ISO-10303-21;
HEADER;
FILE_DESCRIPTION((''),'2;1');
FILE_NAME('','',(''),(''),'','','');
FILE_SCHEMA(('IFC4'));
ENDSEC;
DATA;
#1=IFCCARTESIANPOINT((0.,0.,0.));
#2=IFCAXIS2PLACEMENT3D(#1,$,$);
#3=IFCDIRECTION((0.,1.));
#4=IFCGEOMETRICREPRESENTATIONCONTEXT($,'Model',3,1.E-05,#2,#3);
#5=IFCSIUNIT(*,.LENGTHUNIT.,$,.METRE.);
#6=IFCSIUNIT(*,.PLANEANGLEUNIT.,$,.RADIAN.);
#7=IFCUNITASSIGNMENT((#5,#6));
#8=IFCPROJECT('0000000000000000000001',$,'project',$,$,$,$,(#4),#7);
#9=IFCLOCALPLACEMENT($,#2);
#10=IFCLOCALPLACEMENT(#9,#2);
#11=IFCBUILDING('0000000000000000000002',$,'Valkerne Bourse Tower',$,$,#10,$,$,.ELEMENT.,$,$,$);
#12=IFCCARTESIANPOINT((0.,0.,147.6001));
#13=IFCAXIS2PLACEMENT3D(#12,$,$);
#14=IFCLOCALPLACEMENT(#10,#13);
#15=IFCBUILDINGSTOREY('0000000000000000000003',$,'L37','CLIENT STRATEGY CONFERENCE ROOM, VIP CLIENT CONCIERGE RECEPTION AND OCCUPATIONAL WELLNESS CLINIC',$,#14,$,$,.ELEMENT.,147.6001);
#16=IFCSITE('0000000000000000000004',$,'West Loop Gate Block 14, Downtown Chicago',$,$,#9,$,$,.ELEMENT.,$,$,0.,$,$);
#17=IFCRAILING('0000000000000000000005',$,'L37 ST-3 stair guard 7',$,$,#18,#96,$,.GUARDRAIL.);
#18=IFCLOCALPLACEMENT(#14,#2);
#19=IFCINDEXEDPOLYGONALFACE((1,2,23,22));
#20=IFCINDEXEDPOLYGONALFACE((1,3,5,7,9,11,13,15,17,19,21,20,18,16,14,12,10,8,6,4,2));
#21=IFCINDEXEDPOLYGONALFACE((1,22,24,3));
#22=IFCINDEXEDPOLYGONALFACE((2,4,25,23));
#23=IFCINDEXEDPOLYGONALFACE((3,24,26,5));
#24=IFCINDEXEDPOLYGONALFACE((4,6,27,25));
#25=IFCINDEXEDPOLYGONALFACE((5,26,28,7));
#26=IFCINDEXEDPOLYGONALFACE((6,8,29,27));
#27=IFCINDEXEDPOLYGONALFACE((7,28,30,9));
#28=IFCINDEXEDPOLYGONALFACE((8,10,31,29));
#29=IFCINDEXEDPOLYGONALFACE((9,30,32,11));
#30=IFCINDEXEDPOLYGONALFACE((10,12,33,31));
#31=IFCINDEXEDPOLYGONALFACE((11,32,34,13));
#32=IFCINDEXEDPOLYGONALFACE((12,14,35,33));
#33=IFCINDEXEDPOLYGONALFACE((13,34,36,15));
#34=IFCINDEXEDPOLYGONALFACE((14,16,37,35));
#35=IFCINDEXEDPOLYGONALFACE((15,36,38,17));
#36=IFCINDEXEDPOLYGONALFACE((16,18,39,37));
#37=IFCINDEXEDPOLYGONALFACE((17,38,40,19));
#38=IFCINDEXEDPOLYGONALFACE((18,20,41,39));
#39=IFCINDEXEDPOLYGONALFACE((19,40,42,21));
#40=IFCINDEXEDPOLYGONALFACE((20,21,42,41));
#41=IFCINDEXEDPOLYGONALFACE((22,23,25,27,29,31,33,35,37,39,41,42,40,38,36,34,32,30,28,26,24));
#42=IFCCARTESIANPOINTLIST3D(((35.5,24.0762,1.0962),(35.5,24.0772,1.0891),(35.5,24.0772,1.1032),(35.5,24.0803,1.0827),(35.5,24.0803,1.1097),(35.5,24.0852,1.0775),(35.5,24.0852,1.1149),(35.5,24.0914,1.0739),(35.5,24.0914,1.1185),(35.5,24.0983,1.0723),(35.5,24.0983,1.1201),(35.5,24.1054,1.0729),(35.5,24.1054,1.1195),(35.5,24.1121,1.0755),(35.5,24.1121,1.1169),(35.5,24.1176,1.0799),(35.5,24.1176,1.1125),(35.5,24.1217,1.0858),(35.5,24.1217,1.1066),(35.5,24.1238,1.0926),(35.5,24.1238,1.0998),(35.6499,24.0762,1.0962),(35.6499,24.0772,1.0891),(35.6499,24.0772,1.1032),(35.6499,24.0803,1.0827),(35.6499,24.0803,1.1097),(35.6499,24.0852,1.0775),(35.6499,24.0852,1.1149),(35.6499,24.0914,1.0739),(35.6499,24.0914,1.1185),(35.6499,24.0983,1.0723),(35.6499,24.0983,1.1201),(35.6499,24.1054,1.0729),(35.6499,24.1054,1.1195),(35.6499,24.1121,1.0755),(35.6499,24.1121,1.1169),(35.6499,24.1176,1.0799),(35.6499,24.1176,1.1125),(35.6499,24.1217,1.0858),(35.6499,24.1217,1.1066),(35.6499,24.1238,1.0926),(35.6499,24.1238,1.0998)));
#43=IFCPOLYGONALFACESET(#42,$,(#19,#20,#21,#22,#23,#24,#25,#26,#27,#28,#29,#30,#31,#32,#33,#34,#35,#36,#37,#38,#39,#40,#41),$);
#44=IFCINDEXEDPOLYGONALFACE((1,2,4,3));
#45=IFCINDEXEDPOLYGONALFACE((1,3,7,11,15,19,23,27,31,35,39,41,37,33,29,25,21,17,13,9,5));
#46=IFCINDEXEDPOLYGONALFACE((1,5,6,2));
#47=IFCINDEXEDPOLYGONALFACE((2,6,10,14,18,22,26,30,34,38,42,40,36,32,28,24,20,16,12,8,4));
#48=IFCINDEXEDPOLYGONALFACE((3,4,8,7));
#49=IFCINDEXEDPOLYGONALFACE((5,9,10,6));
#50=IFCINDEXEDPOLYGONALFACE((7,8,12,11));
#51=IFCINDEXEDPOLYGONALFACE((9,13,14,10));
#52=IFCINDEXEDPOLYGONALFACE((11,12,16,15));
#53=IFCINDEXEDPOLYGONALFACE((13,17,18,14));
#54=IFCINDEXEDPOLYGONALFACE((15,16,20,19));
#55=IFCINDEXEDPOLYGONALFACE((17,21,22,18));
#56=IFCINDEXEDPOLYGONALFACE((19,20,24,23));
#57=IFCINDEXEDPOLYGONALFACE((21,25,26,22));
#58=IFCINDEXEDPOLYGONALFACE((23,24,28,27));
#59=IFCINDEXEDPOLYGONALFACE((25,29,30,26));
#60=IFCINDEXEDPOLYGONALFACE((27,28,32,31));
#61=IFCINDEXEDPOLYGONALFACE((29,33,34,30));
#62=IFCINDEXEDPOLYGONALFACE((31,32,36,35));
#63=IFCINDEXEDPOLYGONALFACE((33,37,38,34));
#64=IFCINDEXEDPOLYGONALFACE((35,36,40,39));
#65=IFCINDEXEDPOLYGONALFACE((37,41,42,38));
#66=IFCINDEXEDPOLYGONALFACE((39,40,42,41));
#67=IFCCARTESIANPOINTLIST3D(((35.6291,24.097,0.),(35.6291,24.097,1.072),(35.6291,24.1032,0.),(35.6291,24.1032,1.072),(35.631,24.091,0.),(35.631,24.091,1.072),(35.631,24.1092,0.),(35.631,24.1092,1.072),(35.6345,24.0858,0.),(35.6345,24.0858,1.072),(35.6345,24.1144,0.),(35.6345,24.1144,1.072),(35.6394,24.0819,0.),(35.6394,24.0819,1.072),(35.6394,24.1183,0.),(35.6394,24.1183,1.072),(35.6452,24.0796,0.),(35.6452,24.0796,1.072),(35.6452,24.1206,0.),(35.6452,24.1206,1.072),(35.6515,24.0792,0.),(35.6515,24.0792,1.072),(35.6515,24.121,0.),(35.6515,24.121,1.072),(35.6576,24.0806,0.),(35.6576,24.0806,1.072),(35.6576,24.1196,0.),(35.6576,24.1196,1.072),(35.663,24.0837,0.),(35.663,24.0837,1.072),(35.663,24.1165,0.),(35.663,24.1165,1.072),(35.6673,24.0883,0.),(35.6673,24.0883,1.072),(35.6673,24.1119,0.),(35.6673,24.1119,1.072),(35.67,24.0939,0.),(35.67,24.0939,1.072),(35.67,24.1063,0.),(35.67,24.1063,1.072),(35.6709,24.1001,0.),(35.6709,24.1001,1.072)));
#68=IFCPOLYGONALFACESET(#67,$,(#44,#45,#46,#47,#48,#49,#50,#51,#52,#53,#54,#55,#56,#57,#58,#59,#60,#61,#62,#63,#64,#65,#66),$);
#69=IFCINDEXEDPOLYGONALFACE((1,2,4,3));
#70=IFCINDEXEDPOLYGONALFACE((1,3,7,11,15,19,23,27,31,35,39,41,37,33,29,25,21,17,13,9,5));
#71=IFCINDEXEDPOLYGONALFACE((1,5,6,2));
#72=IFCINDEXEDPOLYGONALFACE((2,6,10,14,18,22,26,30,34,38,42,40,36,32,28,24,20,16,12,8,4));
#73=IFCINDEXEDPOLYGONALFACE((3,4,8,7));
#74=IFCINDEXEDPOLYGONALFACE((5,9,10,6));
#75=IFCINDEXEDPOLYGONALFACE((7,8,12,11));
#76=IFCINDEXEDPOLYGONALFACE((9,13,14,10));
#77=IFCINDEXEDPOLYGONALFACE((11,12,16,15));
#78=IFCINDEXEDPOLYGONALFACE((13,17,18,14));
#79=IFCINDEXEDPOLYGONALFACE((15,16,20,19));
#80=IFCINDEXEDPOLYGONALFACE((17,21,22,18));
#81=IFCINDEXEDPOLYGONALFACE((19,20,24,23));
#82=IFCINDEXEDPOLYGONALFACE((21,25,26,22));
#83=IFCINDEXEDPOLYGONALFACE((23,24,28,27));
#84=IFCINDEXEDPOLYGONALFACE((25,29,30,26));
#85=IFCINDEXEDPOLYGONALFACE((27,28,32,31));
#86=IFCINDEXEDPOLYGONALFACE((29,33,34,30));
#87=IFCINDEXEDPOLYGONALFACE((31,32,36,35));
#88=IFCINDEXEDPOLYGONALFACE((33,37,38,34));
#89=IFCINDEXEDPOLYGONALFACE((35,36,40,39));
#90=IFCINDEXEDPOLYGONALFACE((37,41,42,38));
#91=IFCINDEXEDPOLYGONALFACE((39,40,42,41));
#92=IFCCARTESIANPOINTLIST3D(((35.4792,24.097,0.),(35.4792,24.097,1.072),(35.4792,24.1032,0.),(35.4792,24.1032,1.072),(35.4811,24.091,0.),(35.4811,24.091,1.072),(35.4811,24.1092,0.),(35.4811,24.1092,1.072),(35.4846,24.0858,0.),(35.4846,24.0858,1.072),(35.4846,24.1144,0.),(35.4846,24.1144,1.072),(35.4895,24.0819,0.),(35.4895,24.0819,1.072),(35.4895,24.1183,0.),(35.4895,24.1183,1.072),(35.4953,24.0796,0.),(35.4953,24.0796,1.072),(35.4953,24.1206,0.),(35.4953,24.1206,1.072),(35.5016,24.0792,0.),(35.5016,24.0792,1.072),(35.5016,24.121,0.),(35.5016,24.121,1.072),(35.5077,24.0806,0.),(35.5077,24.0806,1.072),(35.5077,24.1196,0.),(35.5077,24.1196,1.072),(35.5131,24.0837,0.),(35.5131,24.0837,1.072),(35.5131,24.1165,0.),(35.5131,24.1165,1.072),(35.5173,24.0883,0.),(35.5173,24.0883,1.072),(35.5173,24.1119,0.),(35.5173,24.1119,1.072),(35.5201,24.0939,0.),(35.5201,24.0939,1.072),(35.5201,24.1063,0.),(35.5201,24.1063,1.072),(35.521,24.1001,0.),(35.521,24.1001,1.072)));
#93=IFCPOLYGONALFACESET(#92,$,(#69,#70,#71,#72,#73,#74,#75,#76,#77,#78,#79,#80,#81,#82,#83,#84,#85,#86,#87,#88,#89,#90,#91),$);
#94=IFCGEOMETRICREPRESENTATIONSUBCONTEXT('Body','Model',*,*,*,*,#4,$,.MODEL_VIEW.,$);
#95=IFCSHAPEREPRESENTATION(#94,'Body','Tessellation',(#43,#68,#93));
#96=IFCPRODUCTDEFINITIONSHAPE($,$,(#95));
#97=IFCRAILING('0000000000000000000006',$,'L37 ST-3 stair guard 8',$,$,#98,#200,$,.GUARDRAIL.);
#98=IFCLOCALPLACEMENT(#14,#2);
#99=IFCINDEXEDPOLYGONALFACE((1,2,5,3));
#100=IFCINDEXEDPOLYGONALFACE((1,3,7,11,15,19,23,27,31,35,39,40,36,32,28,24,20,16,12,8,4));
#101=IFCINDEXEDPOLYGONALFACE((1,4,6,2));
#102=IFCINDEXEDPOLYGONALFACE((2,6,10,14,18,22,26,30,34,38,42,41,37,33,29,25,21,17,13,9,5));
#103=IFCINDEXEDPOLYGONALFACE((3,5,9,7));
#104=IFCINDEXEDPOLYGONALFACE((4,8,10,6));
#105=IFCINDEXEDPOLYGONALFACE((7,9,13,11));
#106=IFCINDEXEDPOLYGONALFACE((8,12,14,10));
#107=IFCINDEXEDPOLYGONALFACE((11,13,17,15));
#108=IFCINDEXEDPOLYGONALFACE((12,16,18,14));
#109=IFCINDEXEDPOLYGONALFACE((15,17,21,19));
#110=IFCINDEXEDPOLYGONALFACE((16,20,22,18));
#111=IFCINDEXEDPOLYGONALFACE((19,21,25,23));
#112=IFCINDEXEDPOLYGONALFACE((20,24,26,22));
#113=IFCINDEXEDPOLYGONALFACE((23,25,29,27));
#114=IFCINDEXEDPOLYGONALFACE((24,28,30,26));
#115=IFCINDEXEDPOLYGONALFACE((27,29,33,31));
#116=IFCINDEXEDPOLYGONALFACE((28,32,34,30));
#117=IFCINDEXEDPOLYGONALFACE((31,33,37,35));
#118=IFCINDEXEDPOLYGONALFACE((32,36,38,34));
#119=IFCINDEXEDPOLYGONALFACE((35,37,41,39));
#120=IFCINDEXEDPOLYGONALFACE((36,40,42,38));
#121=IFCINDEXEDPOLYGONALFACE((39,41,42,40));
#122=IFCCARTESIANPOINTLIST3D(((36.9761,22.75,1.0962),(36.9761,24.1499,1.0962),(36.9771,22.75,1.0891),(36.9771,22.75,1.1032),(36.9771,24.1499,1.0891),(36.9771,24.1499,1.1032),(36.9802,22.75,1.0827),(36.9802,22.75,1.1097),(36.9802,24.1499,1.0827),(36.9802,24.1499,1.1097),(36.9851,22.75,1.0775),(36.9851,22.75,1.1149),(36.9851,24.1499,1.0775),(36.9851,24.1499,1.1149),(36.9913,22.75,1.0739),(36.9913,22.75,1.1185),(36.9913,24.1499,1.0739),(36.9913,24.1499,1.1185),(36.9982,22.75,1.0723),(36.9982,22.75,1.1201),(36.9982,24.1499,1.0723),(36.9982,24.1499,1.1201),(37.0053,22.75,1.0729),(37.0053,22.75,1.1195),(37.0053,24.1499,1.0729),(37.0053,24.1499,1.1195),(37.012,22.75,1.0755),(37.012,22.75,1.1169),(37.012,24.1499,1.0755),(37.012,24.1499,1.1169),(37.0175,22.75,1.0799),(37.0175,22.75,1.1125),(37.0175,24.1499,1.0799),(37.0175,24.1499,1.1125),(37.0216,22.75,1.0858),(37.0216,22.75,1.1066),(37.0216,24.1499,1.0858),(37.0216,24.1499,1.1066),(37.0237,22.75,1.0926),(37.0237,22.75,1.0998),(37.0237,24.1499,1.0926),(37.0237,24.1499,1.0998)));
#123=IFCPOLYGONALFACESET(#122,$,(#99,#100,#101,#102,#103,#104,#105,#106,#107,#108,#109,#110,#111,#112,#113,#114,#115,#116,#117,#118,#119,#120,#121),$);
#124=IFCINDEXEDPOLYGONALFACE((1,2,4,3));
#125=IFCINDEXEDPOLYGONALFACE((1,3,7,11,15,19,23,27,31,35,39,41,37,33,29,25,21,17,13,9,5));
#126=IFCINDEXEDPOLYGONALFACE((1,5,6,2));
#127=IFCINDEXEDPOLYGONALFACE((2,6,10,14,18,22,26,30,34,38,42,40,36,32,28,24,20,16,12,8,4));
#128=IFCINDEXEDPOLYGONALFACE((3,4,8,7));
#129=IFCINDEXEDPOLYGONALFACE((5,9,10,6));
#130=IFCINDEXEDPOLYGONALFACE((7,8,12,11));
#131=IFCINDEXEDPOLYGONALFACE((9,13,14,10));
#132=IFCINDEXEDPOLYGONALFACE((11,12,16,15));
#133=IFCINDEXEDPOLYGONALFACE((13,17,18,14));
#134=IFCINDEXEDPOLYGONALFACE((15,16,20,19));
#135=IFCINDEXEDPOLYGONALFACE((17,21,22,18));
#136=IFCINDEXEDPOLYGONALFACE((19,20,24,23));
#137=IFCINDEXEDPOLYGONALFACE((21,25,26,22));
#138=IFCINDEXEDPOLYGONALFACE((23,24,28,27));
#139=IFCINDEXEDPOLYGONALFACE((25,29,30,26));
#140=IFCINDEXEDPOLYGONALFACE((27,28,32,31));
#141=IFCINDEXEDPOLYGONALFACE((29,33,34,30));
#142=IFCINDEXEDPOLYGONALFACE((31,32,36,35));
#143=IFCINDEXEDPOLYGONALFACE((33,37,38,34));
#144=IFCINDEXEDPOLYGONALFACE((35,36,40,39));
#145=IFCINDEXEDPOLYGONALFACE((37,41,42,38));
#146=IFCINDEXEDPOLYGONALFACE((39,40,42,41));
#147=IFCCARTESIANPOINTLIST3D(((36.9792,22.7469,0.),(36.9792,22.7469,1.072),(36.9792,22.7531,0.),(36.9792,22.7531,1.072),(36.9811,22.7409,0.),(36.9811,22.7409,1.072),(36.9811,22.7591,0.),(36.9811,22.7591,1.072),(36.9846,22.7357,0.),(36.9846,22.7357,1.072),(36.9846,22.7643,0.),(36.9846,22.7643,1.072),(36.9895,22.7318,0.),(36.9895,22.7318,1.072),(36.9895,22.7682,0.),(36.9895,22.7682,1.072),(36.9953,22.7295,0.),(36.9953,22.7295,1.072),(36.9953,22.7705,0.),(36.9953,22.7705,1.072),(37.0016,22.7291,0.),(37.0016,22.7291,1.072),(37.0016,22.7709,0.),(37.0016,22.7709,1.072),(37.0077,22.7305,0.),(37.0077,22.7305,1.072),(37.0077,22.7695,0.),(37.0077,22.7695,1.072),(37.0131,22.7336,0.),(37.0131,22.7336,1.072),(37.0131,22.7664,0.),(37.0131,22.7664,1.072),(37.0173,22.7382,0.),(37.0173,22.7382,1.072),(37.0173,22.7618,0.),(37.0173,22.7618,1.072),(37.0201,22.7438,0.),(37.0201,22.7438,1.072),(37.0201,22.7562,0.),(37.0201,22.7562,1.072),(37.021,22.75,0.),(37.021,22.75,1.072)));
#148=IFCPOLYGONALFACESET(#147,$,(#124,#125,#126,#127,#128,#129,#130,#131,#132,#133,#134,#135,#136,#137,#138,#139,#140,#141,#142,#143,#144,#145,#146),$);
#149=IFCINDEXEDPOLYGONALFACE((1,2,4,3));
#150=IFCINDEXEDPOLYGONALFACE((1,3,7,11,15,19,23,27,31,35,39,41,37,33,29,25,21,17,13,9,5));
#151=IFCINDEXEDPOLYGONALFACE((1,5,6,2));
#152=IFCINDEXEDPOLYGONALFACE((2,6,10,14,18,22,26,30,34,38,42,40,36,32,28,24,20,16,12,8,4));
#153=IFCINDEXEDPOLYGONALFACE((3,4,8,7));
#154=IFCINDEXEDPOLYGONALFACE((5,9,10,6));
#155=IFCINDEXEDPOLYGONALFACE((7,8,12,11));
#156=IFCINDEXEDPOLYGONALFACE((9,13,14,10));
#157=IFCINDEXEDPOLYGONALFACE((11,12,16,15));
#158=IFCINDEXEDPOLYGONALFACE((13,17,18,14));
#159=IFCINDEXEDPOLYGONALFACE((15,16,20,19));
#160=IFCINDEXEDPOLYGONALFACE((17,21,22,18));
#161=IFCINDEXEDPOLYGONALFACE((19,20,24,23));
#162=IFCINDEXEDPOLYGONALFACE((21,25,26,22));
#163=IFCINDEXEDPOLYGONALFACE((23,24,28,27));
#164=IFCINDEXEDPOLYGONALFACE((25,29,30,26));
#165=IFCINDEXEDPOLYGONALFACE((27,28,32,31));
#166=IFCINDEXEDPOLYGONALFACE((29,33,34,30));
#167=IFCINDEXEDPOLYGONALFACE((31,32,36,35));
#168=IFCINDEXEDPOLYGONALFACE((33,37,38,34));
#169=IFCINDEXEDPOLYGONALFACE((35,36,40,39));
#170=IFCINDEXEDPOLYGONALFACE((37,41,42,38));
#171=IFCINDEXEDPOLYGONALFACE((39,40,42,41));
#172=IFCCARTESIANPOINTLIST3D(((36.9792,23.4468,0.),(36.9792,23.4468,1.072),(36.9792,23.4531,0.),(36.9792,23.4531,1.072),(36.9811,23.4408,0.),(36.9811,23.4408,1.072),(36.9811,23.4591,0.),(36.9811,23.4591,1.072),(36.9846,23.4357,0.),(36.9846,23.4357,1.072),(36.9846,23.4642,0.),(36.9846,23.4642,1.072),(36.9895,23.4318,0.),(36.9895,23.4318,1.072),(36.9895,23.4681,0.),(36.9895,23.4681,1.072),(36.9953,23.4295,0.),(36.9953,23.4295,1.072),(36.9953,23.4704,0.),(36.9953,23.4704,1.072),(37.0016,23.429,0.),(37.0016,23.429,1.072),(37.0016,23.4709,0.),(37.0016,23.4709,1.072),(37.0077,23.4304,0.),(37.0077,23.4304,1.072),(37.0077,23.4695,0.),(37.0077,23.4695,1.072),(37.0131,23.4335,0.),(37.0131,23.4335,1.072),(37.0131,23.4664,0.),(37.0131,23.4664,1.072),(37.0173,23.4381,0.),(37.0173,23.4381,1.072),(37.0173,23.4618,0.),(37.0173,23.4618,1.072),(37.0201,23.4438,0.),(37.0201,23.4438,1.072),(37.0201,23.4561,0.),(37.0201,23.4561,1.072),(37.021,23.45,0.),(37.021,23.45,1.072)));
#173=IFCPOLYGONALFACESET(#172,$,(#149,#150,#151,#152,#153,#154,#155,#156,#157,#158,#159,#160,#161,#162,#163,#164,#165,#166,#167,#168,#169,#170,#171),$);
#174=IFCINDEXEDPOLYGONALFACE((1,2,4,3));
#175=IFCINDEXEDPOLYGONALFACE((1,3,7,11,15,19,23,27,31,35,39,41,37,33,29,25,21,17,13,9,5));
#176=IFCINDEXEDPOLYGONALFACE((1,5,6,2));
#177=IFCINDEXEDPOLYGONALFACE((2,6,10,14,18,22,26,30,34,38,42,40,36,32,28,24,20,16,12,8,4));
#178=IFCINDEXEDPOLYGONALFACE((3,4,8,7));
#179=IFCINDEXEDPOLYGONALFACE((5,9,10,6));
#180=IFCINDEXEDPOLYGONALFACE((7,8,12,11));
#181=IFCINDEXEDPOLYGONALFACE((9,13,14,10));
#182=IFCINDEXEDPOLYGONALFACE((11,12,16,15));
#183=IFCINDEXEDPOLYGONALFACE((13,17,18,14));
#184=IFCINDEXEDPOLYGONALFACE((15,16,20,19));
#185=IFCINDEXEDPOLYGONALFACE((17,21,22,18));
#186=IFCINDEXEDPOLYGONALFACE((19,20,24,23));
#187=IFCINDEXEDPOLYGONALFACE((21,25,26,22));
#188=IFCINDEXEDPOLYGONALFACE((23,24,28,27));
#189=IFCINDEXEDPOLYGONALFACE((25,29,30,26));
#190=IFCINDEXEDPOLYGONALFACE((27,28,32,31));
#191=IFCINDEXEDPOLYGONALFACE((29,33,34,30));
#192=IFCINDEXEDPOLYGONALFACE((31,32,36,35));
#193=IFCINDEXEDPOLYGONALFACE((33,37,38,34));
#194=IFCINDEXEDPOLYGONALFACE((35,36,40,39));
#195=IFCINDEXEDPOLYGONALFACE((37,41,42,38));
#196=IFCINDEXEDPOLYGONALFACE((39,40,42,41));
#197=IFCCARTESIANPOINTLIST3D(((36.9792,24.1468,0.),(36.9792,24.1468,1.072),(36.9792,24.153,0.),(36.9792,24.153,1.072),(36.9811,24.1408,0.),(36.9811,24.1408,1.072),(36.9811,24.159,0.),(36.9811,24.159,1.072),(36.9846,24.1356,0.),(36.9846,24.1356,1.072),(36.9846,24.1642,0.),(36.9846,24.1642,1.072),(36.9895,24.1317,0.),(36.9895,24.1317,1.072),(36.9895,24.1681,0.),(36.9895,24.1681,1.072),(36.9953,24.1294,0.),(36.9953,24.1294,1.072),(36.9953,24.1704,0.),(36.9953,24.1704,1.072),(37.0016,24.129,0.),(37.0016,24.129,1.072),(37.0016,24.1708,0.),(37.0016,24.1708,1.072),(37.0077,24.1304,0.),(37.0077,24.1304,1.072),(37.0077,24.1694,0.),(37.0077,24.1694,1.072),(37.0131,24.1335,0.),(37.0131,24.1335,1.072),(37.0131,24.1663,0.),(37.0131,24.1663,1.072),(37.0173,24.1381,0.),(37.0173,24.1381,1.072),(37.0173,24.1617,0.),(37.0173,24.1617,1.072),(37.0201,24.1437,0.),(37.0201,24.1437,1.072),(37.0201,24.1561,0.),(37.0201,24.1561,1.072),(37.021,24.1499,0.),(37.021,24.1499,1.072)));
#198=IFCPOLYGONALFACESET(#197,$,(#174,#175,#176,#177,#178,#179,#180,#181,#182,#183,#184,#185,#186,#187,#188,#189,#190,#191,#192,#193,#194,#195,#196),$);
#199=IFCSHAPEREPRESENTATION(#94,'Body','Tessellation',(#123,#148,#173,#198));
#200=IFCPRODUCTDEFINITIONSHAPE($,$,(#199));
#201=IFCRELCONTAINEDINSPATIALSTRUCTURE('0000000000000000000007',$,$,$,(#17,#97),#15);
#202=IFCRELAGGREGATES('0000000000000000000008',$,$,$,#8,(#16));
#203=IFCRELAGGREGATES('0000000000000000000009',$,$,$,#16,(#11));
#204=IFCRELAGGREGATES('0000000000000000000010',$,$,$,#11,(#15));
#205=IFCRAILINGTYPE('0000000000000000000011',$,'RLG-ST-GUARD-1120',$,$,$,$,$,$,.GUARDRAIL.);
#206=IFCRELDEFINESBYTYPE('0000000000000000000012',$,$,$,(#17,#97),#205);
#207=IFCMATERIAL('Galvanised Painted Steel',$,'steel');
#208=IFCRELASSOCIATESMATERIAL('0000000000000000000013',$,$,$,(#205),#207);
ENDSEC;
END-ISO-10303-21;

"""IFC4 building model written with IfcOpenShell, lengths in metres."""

from ifc_helpers import new_model, si_unit, direction, frame, origin, origin_2d, place, context, subcontext, project, spatial, circle, extrude, material, type_object, element, save


model = new_model("IFC4")

# Units and contexts
model_context = context("Model", 3, precision=1e-05, world=origin(), true_north=direction((0.0, 1.0)))
body_context = subcontext(model_context, "Body", "Model", "MODEL_VIEW")
ifc_project = project(units=[si_unit("LENGTHUNIT", "METRE"), si_unit("PLANEANGLEUNIT", "RADIAN")], contexts=[model_context])

# Site, building, storey
site_placement = place(None, origin())
site = spatial("IfcSite", under=ifc_project, at=site_placement, Name="West Loop Gate Block 14, Downtown Chicago", CompositionType="ELEMENT", RefElevation=0.0)
building_placement = place(site_placement, origin())
building = spatial("IfcBuilding", under=site, at=building_placement, Name="Valkerne Bourse Tower", CompositionType="ELEMENT")
storey_placement = place(building_placement, frame((0.0, 0.0, 147.6001)))
storey = spatial("IfcBuildingStorey", under=building, at=storey_placement, Name="L37", Description="CLIENT STRATEGY CONFERENCE ROOM, VIP CLIENT CONCIERGE RECEPTION AND OCCUPATIONAL WELLNESS CLINIC", CompositionType="ELEMENT", Elevation=147.6001)

# Railings
ifc_material_1 = material(Name="Galvanised Painted Steel", Category="steel")
railing_type_1 = type_object("IfcRailingType", Name="RLG-ST-GUARD-1120", PredefinedType="GUARDRAIL", material=ifc_material_1)
railing_1_placement = place(storey_placement, frame((35.6499, 24.1001, 0.0)))
element("IfcRailing", 1, at=railing_1_placement, inside=storey, type_object=railing_type_1, Name="L37 ST-3 stair guard 7", PredefinedType="GUARDRAIL", context=body_context, shape_type="SweptSolid", body=[
    extrude(circle(Radius=0.0239, at=origin_2d()), frame((0.0, 0.0, 1.0962), z_axis=(-1.0, 0.0, 0.0), x_axis=(0.0, -1.0, 0.0)), (0.0, 0.0, 1.0), 0.1499),
    extrude(circle(Radius=0.021, at=origin_2d()), origin(), (0.0, 0.0, 1.0), 1.072),
    extrude(circle(Radius=0.021, at=origin_2d()), frame((-0.1499, 0.0, 0.0)), (0.0, 0.0, 1.0), 1.072),
])
for number, where, name in (
    (2, (37.0, 22.75, 0.0), "L37 ST-3 stair guard 8"),
):
    element("IfcRailing", number, at=place(storey_placement, frame(where)), inside=storey, type_object=railing_type_1, Name=name, PredefinedType="GUARDRAIL", context=body_context, shape_type="SweptSolid", body=[
        extrude(circle(Radius=0.0239, at=origin_2d()), frame((0.0, 0.0, 1.0962), z_axis=(0.0, 1.0, 0.0), x_axis=(-1.0, 0.0, 0.0)), (0.0, 0.0, 1.0), 1.3999),
        extrude(circle(Radius=0.021, at=origin_2d()), origin(), (0.0, 0.0, 1.0), 1.072),
        extrude(circle(Radius=0.021, at=origin_2d()), frame((0.0, 0.7, 0.0)), (0.0, 0.0, 1.0), 1.072),
        extrude(circle(Radius=0.021, at=origin_2d()), frame((0.0, 1.3999, 0.0)), (0.0, 0.0, 1.0), 1.072),
    ])

save(model, "model.ifc")
